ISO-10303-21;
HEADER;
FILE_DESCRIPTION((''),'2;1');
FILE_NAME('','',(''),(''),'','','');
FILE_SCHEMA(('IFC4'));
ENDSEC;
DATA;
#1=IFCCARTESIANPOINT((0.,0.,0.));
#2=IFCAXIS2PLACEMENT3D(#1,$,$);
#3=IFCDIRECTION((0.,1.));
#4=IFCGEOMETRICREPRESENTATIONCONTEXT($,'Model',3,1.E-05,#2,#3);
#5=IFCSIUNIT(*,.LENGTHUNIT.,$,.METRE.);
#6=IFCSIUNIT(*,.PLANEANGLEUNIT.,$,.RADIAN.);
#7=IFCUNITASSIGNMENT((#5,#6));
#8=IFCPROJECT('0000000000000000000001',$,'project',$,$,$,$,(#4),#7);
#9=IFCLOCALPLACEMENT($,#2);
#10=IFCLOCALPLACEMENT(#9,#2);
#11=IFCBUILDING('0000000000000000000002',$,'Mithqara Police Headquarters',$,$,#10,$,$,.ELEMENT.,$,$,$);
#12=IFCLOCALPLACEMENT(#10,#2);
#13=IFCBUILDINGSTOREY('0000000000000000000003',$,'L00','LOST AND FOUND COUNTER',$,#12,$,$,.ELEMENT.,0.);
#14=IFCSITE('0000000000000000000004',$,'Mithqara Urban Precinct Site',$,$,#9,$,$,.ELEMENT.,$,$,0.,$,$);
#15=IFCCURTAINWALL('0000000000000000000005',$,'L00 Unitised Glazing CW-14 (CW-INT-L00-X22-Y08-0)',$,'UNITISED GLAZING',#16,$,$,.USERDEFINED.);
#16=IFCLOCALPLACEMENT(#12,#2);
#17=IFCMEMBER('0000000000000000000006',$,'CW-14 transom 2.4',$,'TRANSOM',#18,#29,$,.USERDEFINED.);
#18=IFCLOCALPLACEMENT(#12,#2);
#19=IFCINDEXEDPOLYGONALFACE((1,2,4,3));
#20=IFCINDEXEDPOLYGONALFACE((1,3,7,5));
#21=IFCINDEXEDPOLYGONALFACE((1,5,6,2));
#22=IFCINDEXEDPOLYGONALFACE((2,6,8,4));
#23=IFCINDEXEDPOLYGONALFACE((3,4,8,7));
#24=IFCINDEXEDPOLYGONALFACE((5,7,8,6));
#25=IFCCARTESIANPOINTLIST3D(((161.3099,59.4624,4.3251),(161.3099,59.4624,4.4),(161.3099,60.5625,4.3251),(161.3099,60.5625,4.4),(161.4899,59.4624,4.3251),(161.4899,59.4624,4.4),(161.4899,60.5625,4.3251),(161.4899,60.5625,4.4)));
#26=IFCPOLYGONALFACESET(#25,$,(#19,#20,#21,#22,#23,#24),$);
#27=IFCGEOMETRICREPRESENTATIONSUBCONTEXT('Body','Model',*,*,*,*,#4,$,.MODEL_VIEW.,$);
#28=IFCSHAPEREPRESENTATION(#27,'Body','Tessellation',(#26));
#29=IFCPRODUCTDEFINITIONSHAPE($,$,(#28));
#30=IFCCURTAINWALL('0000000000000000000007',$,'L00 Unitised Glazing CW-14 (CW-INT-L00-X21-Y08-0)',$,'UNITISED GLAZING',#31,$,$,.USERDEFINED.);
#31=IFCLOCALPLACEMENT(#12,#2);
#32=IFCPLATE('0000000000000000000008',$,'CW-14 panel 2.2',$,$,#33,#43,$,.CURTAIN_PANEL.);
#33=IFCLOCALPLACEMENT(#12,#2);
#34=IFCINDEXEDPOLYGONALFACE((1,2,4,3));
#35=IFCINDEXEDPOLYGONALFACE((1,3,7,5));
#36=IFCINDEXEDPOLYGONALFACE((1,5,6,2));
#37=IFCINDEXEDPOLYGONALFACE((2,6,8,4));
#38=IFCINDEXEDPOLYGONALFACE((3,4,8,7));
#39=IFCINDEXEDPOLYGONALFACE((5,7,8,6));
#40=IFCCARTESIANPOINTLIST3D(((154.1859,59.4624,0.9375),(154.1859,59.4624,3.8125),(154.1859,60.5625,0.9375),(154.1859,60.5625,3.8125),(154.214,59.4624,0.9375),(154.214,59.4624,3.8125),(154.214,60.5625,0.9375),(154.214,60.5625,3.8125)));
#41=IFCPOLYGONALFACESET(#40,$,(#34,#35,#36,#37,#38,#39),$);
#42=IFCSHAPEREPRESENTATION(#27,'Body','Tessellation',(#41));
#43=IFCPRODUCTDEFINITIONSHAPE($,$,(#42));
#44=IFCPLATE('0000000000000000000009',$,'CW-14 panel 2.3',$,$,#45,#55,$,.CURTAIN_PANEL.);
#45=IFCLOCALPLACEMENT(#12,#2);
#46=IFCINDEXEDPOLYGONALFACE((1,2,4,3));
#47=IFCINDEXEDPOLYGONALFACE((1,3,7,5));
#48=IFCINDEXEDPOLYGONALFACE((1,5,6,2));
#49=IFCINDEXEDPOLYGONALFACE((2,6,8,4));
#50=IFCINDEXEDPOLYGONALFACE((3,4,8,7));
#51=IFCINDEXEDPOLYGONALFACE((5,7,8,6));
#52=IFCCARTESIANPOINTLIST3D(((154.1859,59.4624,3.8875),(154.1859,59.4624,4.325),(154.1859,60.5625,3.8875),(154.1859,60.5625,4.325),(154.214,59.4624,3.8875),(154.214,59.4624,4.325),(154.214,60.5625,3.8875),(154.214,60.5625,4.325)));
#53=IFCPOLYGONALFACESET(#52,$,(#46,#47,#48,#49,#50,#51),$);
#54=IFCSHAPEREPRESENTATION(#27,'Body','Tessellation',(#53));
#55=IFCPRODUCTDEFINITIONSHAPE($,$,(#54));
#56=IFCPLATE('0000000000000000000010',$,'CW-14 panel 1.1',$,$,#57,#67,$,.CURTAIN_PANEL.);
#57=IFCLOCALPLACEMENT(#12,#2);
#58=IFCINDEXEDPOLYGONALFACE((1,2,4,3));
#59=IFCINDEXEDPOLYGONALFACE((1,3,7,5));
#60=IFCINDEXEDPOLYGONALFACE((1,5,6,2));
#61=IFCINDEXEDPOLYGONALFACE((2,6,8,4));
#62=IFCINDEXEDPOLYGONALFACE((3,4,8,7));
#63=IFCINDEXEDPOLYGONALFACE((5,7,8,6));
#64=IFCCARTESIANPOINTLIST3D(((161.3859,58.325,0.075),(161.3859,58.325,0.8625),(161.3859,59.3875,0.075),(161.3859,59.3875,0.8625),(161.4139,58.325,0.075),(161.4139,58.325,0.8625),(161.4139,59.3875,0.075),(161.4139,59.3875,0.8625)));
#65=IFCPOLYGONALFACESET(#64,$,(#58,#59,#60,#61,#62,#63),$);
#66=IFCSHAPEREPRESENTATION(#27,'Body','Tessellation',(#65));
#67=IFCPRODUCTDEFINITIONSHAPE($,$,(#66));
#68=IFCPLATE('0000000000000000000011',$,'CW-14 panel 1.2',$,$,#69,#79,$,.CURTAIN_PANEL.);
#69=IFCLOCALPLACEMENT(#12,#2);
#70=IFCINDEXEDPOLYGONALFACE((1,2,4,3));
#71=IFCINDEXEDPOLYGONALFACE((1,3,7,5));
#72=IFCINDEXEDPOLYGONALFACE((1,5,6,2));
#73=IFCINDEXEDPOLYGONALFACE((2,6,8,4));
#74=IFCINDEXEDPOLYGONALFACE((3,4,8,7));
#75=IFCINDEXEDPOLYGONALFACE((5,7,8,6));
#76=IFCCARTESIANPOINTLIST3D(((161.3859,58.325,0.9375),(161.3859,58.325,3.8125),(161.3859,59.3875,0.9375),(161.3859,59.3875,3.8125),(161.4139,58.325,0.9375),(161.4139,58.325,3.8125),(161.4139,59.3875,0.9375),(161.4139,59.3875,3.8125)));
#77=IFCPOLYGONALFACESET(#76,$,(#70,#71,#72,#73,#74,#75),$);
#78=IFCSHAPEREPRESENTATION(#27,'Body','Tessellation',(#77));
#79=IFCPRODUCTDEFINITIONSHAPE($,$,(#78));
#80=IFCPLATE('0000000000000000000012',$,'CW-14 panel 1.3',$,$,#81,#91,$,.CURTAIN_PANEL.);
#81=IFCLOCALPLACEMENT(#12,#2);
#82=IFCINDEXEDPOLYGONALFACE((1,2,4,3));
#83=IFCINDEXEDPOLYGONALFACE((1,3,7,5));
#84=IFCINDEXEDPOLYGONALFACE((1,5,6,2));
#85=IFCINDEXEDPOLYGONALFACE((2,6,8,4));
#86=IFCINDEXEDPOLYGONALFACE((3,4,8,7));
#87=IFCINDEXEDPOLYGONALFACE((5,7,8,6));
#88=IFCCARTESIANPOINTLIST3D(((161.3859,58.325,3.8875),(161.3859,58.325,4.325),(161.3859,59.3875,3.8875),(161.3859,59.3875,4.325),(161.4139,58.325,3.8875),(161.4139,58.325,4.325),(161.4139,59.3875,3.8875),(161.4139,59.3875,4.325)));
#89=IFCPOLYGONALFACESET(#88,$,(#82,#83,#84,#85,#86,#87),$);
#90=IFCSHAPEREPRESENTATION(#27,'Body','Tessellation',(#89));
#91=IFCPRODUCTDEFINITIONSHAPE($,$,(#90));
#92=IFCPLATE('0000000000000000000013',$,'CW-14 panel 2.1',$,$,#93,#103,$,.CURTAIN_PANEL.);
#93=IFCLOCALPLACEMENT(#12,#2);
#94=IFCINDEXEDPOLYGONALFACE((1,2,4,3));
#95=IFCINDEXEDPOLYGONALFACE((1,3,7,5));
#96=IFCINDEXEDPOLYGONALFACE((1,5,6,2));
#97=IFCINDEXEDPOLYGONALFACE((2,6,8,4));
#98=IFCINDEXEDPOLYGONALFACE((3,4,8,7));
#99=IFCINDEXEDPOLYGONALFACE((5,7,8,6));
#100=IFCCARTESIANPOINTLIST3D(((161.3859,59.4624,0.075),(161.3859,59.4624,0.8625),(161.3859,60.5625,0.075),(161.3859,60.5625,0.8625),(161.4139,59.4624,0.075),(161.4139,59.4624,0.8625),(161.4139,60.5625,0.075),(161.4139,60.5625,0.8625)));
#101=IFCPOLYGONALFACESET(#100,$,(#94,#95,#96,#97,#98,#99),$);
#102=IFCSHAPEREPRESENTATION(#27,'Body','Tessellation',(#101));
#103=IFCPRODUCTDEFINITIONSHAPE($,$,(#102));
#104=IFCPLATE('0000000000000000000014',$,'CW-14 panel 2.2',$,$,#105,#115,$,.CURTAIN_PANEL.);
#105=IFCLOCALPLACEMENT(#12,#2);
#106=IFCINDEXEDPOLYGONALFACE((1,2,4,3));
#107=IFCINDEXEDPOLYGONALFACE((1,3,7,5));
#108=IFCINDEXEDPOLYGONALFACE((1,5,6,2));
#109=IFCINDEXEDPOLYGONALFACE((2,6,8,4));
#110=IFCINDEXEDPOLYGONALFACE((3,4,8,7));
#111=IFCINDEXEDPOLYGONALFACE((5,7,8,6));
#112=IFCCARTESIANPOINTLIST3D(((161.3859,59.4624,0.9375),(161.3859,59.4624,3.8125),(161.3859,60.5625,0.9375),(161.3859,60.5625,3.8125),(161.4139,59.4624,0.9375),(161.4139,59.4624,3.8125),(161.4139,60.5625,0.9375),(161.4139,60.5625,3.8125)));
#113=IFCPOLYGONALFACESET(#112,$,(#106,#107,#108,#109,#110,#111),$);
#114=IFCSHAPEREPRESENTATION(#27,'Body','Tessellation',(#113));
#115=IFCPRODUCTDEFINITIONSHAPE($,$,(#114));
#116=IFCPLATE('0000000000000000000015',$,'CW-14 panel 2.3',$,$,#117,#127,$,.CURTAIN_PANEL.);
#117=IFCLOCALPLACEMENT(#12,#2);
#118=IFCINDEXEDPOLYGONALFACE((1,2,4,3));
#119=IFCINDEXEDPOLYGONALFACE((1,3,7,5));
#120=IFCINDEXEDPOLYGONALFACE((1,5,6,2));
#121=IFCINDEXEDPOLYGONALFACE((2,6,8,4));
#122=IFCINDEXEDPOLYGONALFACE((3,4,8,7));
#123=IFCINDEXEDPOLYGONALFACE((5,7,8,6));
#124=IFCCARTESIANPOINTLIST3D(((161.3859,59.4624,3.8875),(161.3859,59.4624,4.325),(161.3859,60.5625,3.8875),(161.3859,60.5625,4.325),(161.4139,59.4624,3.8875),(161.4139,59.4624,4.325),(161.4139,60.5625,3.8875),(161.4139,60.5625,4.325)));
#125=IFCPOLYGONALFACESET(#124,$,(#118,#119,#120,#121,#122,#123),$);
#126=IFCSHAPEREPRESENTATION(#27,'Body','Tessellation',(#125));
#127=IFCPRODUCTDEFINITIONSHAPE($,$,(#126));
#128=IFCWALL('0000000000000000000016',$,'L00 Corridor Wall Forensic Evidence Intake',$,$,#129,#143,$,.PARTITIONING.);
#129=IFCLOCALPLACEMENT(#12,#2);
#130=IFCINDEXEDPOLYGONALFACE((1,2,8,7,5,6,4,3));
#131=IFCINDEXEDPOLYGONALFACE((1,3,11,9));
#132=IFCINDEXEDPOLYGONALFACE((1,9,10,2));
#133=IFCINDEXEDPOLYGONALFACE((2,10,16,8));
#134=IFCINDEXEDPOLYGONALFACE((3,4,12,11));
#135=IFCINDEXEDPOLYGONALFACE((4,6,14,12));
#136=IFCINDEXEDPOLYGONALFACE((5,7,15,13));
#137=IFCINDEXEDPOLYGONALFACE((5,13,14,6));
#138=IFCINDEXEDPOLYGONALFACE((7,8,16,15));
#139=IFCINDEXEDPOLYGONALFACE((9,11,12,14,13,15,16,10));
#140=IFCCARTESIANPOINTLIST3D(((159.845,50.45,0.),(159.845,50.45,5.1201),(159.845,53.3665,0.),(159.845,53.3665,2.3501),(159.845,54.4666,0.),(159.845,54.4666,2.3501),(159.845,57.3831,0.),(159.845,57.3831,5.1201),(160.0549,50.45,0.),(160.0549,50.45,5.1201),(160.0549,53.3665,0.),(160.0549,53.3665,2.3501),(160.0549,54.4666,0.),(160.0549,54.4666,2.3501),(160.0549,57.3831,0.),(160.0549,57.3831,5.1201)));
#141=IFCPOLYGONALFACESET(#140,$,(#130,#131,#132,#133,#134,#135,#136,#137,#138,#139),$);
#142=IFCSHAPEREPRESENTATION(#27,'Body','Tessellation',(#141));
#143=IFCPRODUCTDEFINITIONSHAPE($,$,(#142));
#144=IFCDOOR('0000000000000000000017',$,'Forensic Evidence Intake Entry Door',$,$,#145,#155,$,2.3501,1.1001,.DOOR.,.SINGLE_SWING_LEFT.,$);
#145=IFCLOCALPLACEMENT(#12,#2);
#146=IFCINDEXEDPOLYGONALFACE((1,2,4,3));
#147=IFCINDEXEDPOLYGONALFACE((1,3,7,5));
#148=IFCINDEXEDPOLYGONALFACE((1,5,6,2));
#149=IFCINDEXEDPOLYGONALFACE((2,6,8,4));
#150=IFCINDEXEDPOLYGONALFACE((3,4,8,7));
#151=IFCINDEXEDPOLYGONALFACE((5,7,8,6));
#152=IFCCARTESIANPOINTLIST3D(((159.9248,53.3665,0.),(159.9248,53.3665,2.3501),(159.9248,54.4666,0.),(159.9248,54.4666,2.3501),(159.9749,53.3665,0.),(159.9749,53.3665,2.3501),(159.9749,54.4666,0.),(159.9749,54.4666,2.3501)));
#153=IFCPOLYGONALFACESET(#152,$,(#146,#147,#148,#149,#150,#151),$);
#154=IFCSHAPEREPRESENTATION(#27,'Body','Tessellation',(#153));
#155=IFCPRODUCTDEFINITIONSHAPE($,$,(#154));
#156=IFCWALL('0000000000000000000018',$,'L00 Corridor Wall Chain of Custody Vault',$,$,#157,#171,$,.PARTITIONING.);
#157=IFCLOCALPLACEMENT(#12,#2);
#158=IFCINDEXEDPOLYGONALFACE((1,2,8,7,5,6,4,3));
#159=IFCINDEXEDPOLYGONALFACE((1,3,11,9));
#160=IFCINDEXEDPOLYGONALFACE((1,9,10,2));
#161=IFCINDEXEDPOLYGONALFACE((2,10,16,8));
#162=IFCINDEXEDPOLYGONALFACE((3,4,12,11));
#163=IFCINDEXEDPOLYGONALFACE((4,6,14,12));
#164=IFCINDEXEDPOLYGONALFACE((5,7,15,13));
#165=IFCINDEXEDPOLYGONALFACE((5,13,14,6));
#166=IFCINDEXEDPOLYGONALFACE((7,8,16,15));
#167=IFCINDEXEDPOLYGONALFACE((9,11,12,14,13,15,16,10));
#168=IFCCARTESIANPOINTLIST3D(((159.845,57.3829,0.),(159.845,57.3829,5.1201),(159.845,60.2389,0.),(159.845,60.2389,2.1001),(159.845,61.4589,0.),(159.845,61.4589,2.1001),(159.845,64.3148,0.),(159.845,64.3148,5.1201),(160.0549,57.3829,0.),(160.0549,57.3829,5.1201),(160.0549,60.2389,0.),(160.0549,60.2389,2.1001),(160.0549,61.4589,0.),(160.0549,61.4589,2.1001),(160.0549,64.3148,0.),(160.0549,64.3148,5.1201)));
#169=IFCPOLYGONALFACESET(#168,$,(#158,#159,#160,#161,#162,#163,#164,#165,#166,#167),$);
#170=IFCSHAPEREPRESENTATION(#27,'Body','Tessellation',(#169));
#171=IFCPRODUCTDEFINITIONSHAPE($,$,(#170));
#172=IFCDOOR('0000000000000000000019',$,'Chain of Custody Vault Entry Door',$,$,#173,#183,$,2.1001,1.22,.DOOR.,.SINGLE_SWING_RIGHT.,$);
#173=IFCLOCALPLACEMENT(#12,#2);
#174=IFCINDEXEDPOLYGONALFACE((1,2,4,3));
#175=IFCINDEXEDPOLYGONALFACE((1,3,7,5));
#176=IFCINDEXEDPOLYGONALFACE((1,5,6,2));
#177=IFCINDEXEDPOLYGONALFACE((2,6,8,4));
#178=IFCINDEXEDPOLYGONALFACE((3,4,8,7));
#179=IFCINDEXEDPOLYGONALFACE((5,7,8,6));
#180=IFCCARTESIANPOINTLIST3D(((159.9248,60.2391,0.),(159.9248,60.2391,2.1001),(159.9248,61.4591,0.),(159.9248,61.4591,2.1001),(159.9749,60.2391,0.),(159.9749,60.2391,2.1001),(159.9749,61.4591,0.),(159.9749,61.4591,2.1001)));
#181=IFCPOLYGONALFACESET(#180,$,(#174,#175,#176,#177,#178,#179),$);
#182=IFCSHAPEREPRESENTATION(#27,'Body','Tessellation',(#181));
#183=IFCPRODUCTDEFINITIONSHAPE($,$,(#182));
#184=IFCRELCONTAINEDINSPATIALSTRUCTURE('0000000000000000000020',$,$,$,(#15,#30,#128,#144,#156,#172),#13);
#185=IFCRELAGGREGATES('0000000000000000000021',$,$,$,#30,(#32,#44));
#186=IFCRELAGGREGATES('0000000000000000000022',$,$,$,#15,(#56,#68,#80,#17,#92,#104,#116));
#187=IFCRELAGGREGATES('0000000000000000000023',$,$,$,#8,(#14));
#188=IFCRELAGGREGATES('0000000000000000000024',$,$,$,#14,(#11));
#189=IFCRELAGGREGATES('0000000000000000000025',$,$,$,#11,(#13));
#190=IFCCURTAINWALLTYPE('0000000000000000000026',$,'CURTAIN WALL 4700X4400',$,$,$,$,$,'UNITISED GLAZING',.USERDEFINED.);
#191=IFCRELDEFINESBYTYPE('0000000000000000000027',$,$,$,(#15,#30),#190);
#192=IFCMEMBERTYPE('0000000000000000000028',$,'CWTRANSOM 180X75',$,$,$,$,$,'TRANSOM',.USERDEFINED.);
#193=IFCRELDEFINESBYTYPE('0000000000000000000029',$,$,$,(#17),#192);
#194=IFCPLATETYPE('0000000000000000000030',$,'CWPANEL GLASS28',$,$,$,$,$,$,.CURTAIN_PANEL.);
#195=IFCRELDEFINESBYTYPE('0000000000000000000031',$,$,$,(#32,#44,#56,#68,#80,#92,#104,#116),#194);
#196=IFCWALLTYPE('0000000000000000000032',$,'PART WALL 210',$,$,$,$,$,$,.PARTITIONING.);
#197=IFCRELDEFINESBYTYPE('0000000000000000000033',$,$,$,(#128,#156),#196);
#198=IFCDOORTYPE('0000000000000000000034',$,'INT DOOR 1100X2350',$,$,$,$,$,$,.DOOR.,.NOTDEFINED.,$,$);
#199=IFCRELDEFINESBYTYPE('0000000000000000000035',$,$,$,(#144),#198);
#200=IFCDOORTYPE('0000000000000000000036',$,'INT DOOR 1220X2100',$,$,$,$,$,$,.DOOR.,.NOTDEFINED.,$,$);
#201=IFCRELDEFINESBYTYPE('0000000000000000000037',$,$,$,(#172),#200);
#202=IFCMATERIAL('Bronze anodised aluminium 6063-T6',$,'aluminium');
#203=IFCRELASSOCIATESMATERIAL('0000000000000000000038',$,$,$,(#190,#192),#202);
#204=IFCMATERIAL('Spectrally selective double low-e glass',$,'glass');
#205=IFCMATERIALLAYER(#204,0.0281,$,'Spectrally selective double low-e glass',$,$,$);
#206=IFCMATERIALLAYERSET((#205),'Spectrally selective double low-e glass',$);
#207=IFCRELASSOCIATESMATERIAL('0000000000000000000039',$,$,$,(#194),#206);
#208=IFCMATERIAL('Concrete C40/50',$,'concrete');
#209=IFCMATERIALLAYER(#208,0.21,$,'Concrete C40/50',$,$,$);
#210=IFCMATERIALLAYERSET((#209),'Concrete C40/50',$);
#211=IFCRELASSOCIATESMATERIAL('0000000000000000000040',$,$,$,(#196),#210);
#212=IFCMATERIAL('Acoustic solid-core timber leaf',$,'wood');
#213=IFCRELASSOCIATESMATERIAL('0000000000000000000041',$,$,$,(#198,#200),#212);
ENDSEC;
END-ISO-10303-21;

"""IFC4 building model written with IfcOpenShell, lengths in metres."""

from ifc_helpers import new_model, si_unit, direction, frame, frame_2d, origin, origin_2d, place, context, subcontext, project, spatial, rectangle, extrude, material, layer, layer_set, material_profile, profile_set, type_object, element, fill, aggregate, save


model = new_model("IFC4")

# Units and contexts
model_context = context("Model", 3, precision=1e-05, world=origin(), true_north=direction((0.0, 1.0)))
body_context = subcontext(model_context, "Body", "Model", "MODEL_VIEW")
ifc_project = project(units=[si_unit("LENGTHUNIT", "METRE"), si_unit("PLANEANGLEUNIT", "RADIAN")], contexts=[model_context])

# Site, building, storey
site_placement = place(None, origin())
site = spatial("IfcSite", under=ifc_project, at=site_placement, Name="Mithqara Urban Precinct Site", CompositionType="ELEMENT", RefElevation=0.0)
building_placement = place(site_placement, origin())
building = spatial("IfcBuilding", under=site, at=building_placement, Name="Mithqara Police Headquarters", CompositionType="ELEMENT")
storey_placement = place(building_placement, origin())
storey = spatial("IfcBuildingStorey", under=building, at=storey_placement, Name="L00", Description="LOST AND FOUND COUNTER", CompositionType="ELEMENT", Elevation=0.0)

# Shared definitions
ifc_material_1 = material(Name="Concrete C40/50", Category="concrete")

# Curtain wall, member
ifc_material_2 = material(Name="Bronze anodised aluminium 6063-T6", Category="aluminium")
curtain_wall_type = type_object("IfcCurtainWallType", Name="CURTAIN WALL 4700X4400", ElementType="UNITISED GLAZING", PredefinedType="USERDEFINED", material=ifc_material_2)
curtain_wall_1_placement = place(storey_placement, origin())
curtain_wall_1 = element("IfcCurtainWall", 1, at=curtain_wall_1_placement, inside=storey, type_object=curtain_wall_type, Name="L00 Unitised Glazing CW-14 (CW-INT-L00-X22-Y08-0)", ObjectType="UNITISED GLAZING", PredefinedType="USERDEFINED")
ifc_material_profile_1 = material_profile(ifc_material_2, rectangle(XDim=0.1799, YDim=0.075, at=origin_2d()), Name="CWT 180x75")
ifc_profile_set_1 = profile_set([ifc_material_profile_1], Name="Bronze anodised aluminium 6063-T6")
member_type_1 = type_object("IfcMemberType", Name="CWTRANSOM 180X75", ElementType="TRANSOM", PredefinedType="USERDEFINED", material=ifc_profile_set_1)
member_1_placement = place(storey_placement, frame((161.3999, 59.4624, 4.3625), z_axis=(0.0, 1.0, 0.0), x_axis=(-1.0, 0.0, 0.0)))
member_1 = element("IfcMember", 2, at=member_1_placement, type_object=member_type_1, Name="CW-14 transom 2.4", ObjectType="TRANSOM", PredefinedType="USERDEFINED", context=body_context, shape_type="SweptSolid", body=[
    extrude(rectangle(XDim=0.1799, YDim=0.075, at=origin_2d()), origin(), (0.0, 0.0, 1.0), 1.1001),
])

# Curtain wall, plates
curtain_wall_2_placement = place(storey_placement, origin())
curtain_wall_2 = element("IfcCurtainWall", 3, at=curtain_wall_2_placement, inside=storey, type_object=curtain_wall_type, Name="L00 Unitised Glazing CW-14 (CW-INT-L00-X21-Y08-0)", ObjectType="UNITISED GLAZING", PredefinedType="USERDEFINED")
ifc_material_3 = material(Name="Spectrally selective double low-e glass", Category="glass")
ifc_layer_1 = layer(ifc_material_3, 0.0281, Name="Spectrally selective double low-e glass")
ifc_layer_set_1 = layer_set([ifc_layer_1], Name="Spectrally selective double low-e glass")
plate_type = type_object("IfcPlateType", Name="CWPANEL GLASS28", PredefinedType="CURTAIN_PANEL", material=ifc_layer_set_1)
plate_1_placement = place(storey_placement, frame((154.2, 60.0125, 0.9375), z_axis=(0.0, 0.0, 1.0), x_axis=(0.0, 1.0, 0.0)))
plate_1 = element("IfcPlate", 4, at=plate_1_placement, type_object=plate_type, Name="CW-14 panel 2.2", PredefinedType="CURTAIN_PANEL", context=body_context, shape_type="SweptSolid", body=[
    extrude(rectangle(XDim=1.1001, YDim=0.0281, at=origin_2d()), origin(), (0.0, 0.0, 1.0), 2.875),
])
plate_2_placement = place(storey_placement, frame((154.2, 60.0125, 3.8875), z_axis=(0.0, 0.0, 1.0), x_axis=(0.0, 1.0, 0.0)))
plate_2 = element("IfcPlate", 5, at=plate_2_placement, type_object=plate_type, Name="CW-14 panel 2.3", PredefinedType="CURTAIN_PANEL", context=body_context, shape_type="SweptSolid", body=[
    extrude(rectangle(XDim=1.1001, YDim=0.0281, at=origin_2d()), origin(), (0.0, 0.0, 1.0), 0.4375),
])
aggregate(curtain_wall_2, [plate_1, plate_2])

# Plates
plate_3_placement = place(storey_placement, frame((161.3999, 58.8562, 0.075), z_axis=(0.0, 0.0, 1.0), x_axis=(0.0, 1.0, 0.0)))
plate_3 = element("IfcPlate", 6, at=plate_3_placement, type_object=plate_type, Name="CW-14 panel 1.1", PredefinedType="CURTAIN_PANEL", context=body_context, shape_type="SweptSolid", body=[
    extrude(rectangle(XDim=1.0625, YDim=0.0281, at=origin_2d()), origin(), (0.0, 0.0, 1.0), 0.7876),
])
plate_4_placement = place(storey_placement, frame((161.3999, 58.8562, 0.9375), z_axis=(0.0, 0.0, 1.0), x_axis=(0.0, 1.0, 0.0)))
plate_4 = element("IfcPlate", 7, at=plate_4_placement, type_object=plate_type, Name="CW-14 panel 1.2", PredefinedType="CURTAIN_PANEL", context=body_context, shape_type="SweptSolid", body=[
    extrude(rectangle(XDim=1.0625, YDim=0.0281, at=origin_2d()), origin(), (0.0, 0.0, 1.0), 2.875),
])
plate_5_placement = place(storey_placement, frame((161.3999, 58.8562, 3.8875), z_axis=(0.0, 0.0, 1.0), x_axis=(0.0, 1.0, 0.0)))
plate_5 = element("IfcPlate", 8, at=plate_5_placement, type_object=plate_type, Name="CW-14 panel 1.3", PredefinedType="CURTAIN_PANEL", context=body_context, shape_type="SweptSolid", body=[
    extrude(rectangle(XDim=1.0625, YDim=0.0281, at=origin_2d()), origin(), (0.0, 0.0, 1.0), 0.4375),
])
plate_6_placement = place(storey_placement, frame((161.3999, 60.0125, 0.075), z_axis=(0.0, 0.0, 1.0), x_axis=(0.0, 1.0, 0.0)))
plate_6 = element("IfcPlate", 9, at=plate_6_placement, type_object=plate_type, Name="CW-14 panel 2.1", PredefinedType="CURTAIN_PANEL", context=body_context, shape_type="SweptSolid", body=[
    extrude(rectangle(XDim=1.1001, YDim=0.0281, at=origin_2d()), origin(), (0.0, 0.0, 1.0), 0.7876),
])
plate_7_placement = place(storey_placement, frame((161.3999, 60.0125, 0.9375), z_axis=(0.0, 0.0, 1.0), x_axis=(0.0, 1.0, 0.0)))
plate_7 = element("IfcPlate", 10, at=plate_7_placement, type_object=plate_type, Name="CW-14 panel 2.2", PredefinedType="CURTAIN_PANEL", context=body_context, shape_type="SweptSolid", body=[
    extrude(rectangle(XDim=1.1001, YDim=0.0281, at=origin_2d()), origin(), (0.0, 0.0, 1.0), 2.875),
])
plate_8_placement = place(storey_placement, frame((161.3999, 60.0125, 3.8875), z_axis=(0.0, 0.0, 1.0), x_axis=(0.0, 1.0, 0.0)))
plate_8 = element("IfcPlate", 11, at=plate_8_placement, type_object=plate_type, Name="CW-14 panel 2.3", PredefinedType="CURTAIN_PANEL", context=body_context, shape_type="SweptSolid", body=[
    extrude(rectangle(XDim=1.1001, YDim=0.0281, at=origin_2d()), origin(), (0.0, 0.0, 1.0), 0.4375),
])
aggregate(curtain_wall_1, [plate_3, plate_4, plate_5, member_1, plate_6, plate_7, plate_8])

# Walls, openings, doors
ifc_layer_2 = layer(ifc_material_1, 0.21, Name="Concrete C40/50")
ifc_layer_set_2 = layer_set([ifc_layer_2], Name="Concrete C40/50")
wall_type_1 = type_object("IfcWallType", Name="PART WALL 210", PredefinedType="PARTITIONING", material=ifc_layer_set_2)
wall_1_placement = place(storey_placement, frame((159.95, 50.45, 0.0), z_axis=(0.0, 0.0, 1.0), x_axis=(0.0, 1.0, 0.0)))
wall_1 = element("IfcWall", 12, at=wall_1_placement, inside=storey, type_object=wall_type_1, Name="L00 Corridor Wall Forensic Evidence Intake", PredefinedType="PARTITIONING", context=body_context, shape_type="SweptSolid", body=[
    extrude(rectangle(XDim=6.9331, YDim=0.21, at=frame_2d((3.4666, 0.0))), origin(), (0.0, 0.0, 1.0), 5.1201),
])
opening_1_placement = place(wall_1_placement, frame((2.9165, 0.0, 0.0)))
opening_1 = element("IfcOpeningElement", 13, at=opening_1_placement, cuts=wall_1, PredefinedType="OPENING", context=body_context, shape_type="SweptSolid", body=[
    extrude(rectangle(XDim=1.1001, YDim=2.3501, at=frame_2d((0.55, 1.175))), frame((0.0, 0.115, 0.0), z_axis=(0.0, -1.0, 0.0), x_axis=(1.0, 0.0, 0.0)), (0.0, 0.0, 1.0), 0.23),
])
ifc_material_4 = material(Name="Acoustic solid-core timber leaf", Category="wood")
door_type_1 = type_object("IfcDoorType", Name="INT DOOR 1100X2350", OperationType="NOTDEFINED", PredefinedType="DOOR", material=ifc_material_4)
door_1_placement = place(opening_1_placement, frame((1.1001, 0.0, 0.0), z_axis=(0.0, 0.0, 1.0), x_axis=(-1.0, 0.0, 0.0)))
door_1 = element("IfcDoor", 14, at=door_1_placement, inside=storey, type_object=door_type_1, Name="Forensic Evidence Intake Entry Door", OperationType="SINGLE_SWING_LEFT", OverallHeight=2.3501, OverallWidth=1.1001, PredefinedType="DOOR", context=body_context, shape_type="SweptSolid", body=[
    extrude(rectangle(XDim=1.1001, YDim=2.3501, at=frame_2d((0.55, 1.175))), frame((0.0, 0.0249, 0.0), z_axis=(0.0, -1.0, 0.0), x_axis=(1.0, 0.0, 0.0)), (0.0, 0.0, 1.0), 0.05),
])
fill(opening_1, door_1)
wall_2_placement = place(storey_placement, frame((159.95, 57.3831, 0.0), z_axis=(0.0, 0.0, 1.0), x_axis=(0.0, 1.0, 0.0)))
wall_2 = element("IfcWall", 15, at=wall_2_placement, inside=storey, type_object=wall_type_1, Name="L00 Corridor Wall Chain of Custody Vault", PredefinedType="PARTITIONING", context=body_context, shape_type="SweptSolid", body=[
    extrude(rectangle(XDim=6.9319, YDim=0.21, at=frame_2d((3.4658, 0.0))), origin(), (0.0, 0.0, 1.0), 5.1201),
])
opening_2_placement = place(wall_2_placement, frame((2.856, 0.0, 0.0)))
opening_2 = element("IfcOpeningElement", 16, at=opening_2_placement, cuts=wall_2, PredefinedType="OPENING", context=body_context, shape_type="SweptSolid", body=[
    extrude(rectangle(XDim=1.22, YDim=2.1001, at=frame_2d((0.6099, 1.05))), frame((0.0, 0.115, 0.0), z_axis=(0.0, -1.0, 0.0), x_axis=(1.0, 0.0, 0.0)), (0.0, 0.0, 1.0), 0.23),
])
door_type_2 = type_object("IfcDoorType", Name="INT DOOR 1220X2100", OperationType="NOTDEFINED", PredefinedType="DOOR", material=ifc_material_4)
door_2_placement = place(opening_2_placement, frame((1.22, 0.0, 0.0), z_axis=(0.0, 0.0, 1.0), x_axis=(-1.0, 0.0, 0.0)))
door_2 = element("IfcDoor", 17, at=door_2_placement, inside=storey, type_object=door_type_2, Name="Chain of Custody Vault Entry Door", OperationType="SINGLE_SWING_RIGHT", OverallHeight=2.1001, OverallWidth=1.22, PredefinedType="DOOR", context=body_context, shape_type="SweptSolid", body=[
    extrude(rectangle(XDim=1.22, YDim=2.1001, at=frame_2d((0.6099, 1.05))), frame((0.0, 0.0249, 0.0), z_axis=(0.0, -1.0, 0.0), x_axis=(1.0, 0.0, 0.0)), (0.0, 0.0, 1.0), 0.05),
])
fill(opening_2, door_2)

save(model, "model.ifc")
